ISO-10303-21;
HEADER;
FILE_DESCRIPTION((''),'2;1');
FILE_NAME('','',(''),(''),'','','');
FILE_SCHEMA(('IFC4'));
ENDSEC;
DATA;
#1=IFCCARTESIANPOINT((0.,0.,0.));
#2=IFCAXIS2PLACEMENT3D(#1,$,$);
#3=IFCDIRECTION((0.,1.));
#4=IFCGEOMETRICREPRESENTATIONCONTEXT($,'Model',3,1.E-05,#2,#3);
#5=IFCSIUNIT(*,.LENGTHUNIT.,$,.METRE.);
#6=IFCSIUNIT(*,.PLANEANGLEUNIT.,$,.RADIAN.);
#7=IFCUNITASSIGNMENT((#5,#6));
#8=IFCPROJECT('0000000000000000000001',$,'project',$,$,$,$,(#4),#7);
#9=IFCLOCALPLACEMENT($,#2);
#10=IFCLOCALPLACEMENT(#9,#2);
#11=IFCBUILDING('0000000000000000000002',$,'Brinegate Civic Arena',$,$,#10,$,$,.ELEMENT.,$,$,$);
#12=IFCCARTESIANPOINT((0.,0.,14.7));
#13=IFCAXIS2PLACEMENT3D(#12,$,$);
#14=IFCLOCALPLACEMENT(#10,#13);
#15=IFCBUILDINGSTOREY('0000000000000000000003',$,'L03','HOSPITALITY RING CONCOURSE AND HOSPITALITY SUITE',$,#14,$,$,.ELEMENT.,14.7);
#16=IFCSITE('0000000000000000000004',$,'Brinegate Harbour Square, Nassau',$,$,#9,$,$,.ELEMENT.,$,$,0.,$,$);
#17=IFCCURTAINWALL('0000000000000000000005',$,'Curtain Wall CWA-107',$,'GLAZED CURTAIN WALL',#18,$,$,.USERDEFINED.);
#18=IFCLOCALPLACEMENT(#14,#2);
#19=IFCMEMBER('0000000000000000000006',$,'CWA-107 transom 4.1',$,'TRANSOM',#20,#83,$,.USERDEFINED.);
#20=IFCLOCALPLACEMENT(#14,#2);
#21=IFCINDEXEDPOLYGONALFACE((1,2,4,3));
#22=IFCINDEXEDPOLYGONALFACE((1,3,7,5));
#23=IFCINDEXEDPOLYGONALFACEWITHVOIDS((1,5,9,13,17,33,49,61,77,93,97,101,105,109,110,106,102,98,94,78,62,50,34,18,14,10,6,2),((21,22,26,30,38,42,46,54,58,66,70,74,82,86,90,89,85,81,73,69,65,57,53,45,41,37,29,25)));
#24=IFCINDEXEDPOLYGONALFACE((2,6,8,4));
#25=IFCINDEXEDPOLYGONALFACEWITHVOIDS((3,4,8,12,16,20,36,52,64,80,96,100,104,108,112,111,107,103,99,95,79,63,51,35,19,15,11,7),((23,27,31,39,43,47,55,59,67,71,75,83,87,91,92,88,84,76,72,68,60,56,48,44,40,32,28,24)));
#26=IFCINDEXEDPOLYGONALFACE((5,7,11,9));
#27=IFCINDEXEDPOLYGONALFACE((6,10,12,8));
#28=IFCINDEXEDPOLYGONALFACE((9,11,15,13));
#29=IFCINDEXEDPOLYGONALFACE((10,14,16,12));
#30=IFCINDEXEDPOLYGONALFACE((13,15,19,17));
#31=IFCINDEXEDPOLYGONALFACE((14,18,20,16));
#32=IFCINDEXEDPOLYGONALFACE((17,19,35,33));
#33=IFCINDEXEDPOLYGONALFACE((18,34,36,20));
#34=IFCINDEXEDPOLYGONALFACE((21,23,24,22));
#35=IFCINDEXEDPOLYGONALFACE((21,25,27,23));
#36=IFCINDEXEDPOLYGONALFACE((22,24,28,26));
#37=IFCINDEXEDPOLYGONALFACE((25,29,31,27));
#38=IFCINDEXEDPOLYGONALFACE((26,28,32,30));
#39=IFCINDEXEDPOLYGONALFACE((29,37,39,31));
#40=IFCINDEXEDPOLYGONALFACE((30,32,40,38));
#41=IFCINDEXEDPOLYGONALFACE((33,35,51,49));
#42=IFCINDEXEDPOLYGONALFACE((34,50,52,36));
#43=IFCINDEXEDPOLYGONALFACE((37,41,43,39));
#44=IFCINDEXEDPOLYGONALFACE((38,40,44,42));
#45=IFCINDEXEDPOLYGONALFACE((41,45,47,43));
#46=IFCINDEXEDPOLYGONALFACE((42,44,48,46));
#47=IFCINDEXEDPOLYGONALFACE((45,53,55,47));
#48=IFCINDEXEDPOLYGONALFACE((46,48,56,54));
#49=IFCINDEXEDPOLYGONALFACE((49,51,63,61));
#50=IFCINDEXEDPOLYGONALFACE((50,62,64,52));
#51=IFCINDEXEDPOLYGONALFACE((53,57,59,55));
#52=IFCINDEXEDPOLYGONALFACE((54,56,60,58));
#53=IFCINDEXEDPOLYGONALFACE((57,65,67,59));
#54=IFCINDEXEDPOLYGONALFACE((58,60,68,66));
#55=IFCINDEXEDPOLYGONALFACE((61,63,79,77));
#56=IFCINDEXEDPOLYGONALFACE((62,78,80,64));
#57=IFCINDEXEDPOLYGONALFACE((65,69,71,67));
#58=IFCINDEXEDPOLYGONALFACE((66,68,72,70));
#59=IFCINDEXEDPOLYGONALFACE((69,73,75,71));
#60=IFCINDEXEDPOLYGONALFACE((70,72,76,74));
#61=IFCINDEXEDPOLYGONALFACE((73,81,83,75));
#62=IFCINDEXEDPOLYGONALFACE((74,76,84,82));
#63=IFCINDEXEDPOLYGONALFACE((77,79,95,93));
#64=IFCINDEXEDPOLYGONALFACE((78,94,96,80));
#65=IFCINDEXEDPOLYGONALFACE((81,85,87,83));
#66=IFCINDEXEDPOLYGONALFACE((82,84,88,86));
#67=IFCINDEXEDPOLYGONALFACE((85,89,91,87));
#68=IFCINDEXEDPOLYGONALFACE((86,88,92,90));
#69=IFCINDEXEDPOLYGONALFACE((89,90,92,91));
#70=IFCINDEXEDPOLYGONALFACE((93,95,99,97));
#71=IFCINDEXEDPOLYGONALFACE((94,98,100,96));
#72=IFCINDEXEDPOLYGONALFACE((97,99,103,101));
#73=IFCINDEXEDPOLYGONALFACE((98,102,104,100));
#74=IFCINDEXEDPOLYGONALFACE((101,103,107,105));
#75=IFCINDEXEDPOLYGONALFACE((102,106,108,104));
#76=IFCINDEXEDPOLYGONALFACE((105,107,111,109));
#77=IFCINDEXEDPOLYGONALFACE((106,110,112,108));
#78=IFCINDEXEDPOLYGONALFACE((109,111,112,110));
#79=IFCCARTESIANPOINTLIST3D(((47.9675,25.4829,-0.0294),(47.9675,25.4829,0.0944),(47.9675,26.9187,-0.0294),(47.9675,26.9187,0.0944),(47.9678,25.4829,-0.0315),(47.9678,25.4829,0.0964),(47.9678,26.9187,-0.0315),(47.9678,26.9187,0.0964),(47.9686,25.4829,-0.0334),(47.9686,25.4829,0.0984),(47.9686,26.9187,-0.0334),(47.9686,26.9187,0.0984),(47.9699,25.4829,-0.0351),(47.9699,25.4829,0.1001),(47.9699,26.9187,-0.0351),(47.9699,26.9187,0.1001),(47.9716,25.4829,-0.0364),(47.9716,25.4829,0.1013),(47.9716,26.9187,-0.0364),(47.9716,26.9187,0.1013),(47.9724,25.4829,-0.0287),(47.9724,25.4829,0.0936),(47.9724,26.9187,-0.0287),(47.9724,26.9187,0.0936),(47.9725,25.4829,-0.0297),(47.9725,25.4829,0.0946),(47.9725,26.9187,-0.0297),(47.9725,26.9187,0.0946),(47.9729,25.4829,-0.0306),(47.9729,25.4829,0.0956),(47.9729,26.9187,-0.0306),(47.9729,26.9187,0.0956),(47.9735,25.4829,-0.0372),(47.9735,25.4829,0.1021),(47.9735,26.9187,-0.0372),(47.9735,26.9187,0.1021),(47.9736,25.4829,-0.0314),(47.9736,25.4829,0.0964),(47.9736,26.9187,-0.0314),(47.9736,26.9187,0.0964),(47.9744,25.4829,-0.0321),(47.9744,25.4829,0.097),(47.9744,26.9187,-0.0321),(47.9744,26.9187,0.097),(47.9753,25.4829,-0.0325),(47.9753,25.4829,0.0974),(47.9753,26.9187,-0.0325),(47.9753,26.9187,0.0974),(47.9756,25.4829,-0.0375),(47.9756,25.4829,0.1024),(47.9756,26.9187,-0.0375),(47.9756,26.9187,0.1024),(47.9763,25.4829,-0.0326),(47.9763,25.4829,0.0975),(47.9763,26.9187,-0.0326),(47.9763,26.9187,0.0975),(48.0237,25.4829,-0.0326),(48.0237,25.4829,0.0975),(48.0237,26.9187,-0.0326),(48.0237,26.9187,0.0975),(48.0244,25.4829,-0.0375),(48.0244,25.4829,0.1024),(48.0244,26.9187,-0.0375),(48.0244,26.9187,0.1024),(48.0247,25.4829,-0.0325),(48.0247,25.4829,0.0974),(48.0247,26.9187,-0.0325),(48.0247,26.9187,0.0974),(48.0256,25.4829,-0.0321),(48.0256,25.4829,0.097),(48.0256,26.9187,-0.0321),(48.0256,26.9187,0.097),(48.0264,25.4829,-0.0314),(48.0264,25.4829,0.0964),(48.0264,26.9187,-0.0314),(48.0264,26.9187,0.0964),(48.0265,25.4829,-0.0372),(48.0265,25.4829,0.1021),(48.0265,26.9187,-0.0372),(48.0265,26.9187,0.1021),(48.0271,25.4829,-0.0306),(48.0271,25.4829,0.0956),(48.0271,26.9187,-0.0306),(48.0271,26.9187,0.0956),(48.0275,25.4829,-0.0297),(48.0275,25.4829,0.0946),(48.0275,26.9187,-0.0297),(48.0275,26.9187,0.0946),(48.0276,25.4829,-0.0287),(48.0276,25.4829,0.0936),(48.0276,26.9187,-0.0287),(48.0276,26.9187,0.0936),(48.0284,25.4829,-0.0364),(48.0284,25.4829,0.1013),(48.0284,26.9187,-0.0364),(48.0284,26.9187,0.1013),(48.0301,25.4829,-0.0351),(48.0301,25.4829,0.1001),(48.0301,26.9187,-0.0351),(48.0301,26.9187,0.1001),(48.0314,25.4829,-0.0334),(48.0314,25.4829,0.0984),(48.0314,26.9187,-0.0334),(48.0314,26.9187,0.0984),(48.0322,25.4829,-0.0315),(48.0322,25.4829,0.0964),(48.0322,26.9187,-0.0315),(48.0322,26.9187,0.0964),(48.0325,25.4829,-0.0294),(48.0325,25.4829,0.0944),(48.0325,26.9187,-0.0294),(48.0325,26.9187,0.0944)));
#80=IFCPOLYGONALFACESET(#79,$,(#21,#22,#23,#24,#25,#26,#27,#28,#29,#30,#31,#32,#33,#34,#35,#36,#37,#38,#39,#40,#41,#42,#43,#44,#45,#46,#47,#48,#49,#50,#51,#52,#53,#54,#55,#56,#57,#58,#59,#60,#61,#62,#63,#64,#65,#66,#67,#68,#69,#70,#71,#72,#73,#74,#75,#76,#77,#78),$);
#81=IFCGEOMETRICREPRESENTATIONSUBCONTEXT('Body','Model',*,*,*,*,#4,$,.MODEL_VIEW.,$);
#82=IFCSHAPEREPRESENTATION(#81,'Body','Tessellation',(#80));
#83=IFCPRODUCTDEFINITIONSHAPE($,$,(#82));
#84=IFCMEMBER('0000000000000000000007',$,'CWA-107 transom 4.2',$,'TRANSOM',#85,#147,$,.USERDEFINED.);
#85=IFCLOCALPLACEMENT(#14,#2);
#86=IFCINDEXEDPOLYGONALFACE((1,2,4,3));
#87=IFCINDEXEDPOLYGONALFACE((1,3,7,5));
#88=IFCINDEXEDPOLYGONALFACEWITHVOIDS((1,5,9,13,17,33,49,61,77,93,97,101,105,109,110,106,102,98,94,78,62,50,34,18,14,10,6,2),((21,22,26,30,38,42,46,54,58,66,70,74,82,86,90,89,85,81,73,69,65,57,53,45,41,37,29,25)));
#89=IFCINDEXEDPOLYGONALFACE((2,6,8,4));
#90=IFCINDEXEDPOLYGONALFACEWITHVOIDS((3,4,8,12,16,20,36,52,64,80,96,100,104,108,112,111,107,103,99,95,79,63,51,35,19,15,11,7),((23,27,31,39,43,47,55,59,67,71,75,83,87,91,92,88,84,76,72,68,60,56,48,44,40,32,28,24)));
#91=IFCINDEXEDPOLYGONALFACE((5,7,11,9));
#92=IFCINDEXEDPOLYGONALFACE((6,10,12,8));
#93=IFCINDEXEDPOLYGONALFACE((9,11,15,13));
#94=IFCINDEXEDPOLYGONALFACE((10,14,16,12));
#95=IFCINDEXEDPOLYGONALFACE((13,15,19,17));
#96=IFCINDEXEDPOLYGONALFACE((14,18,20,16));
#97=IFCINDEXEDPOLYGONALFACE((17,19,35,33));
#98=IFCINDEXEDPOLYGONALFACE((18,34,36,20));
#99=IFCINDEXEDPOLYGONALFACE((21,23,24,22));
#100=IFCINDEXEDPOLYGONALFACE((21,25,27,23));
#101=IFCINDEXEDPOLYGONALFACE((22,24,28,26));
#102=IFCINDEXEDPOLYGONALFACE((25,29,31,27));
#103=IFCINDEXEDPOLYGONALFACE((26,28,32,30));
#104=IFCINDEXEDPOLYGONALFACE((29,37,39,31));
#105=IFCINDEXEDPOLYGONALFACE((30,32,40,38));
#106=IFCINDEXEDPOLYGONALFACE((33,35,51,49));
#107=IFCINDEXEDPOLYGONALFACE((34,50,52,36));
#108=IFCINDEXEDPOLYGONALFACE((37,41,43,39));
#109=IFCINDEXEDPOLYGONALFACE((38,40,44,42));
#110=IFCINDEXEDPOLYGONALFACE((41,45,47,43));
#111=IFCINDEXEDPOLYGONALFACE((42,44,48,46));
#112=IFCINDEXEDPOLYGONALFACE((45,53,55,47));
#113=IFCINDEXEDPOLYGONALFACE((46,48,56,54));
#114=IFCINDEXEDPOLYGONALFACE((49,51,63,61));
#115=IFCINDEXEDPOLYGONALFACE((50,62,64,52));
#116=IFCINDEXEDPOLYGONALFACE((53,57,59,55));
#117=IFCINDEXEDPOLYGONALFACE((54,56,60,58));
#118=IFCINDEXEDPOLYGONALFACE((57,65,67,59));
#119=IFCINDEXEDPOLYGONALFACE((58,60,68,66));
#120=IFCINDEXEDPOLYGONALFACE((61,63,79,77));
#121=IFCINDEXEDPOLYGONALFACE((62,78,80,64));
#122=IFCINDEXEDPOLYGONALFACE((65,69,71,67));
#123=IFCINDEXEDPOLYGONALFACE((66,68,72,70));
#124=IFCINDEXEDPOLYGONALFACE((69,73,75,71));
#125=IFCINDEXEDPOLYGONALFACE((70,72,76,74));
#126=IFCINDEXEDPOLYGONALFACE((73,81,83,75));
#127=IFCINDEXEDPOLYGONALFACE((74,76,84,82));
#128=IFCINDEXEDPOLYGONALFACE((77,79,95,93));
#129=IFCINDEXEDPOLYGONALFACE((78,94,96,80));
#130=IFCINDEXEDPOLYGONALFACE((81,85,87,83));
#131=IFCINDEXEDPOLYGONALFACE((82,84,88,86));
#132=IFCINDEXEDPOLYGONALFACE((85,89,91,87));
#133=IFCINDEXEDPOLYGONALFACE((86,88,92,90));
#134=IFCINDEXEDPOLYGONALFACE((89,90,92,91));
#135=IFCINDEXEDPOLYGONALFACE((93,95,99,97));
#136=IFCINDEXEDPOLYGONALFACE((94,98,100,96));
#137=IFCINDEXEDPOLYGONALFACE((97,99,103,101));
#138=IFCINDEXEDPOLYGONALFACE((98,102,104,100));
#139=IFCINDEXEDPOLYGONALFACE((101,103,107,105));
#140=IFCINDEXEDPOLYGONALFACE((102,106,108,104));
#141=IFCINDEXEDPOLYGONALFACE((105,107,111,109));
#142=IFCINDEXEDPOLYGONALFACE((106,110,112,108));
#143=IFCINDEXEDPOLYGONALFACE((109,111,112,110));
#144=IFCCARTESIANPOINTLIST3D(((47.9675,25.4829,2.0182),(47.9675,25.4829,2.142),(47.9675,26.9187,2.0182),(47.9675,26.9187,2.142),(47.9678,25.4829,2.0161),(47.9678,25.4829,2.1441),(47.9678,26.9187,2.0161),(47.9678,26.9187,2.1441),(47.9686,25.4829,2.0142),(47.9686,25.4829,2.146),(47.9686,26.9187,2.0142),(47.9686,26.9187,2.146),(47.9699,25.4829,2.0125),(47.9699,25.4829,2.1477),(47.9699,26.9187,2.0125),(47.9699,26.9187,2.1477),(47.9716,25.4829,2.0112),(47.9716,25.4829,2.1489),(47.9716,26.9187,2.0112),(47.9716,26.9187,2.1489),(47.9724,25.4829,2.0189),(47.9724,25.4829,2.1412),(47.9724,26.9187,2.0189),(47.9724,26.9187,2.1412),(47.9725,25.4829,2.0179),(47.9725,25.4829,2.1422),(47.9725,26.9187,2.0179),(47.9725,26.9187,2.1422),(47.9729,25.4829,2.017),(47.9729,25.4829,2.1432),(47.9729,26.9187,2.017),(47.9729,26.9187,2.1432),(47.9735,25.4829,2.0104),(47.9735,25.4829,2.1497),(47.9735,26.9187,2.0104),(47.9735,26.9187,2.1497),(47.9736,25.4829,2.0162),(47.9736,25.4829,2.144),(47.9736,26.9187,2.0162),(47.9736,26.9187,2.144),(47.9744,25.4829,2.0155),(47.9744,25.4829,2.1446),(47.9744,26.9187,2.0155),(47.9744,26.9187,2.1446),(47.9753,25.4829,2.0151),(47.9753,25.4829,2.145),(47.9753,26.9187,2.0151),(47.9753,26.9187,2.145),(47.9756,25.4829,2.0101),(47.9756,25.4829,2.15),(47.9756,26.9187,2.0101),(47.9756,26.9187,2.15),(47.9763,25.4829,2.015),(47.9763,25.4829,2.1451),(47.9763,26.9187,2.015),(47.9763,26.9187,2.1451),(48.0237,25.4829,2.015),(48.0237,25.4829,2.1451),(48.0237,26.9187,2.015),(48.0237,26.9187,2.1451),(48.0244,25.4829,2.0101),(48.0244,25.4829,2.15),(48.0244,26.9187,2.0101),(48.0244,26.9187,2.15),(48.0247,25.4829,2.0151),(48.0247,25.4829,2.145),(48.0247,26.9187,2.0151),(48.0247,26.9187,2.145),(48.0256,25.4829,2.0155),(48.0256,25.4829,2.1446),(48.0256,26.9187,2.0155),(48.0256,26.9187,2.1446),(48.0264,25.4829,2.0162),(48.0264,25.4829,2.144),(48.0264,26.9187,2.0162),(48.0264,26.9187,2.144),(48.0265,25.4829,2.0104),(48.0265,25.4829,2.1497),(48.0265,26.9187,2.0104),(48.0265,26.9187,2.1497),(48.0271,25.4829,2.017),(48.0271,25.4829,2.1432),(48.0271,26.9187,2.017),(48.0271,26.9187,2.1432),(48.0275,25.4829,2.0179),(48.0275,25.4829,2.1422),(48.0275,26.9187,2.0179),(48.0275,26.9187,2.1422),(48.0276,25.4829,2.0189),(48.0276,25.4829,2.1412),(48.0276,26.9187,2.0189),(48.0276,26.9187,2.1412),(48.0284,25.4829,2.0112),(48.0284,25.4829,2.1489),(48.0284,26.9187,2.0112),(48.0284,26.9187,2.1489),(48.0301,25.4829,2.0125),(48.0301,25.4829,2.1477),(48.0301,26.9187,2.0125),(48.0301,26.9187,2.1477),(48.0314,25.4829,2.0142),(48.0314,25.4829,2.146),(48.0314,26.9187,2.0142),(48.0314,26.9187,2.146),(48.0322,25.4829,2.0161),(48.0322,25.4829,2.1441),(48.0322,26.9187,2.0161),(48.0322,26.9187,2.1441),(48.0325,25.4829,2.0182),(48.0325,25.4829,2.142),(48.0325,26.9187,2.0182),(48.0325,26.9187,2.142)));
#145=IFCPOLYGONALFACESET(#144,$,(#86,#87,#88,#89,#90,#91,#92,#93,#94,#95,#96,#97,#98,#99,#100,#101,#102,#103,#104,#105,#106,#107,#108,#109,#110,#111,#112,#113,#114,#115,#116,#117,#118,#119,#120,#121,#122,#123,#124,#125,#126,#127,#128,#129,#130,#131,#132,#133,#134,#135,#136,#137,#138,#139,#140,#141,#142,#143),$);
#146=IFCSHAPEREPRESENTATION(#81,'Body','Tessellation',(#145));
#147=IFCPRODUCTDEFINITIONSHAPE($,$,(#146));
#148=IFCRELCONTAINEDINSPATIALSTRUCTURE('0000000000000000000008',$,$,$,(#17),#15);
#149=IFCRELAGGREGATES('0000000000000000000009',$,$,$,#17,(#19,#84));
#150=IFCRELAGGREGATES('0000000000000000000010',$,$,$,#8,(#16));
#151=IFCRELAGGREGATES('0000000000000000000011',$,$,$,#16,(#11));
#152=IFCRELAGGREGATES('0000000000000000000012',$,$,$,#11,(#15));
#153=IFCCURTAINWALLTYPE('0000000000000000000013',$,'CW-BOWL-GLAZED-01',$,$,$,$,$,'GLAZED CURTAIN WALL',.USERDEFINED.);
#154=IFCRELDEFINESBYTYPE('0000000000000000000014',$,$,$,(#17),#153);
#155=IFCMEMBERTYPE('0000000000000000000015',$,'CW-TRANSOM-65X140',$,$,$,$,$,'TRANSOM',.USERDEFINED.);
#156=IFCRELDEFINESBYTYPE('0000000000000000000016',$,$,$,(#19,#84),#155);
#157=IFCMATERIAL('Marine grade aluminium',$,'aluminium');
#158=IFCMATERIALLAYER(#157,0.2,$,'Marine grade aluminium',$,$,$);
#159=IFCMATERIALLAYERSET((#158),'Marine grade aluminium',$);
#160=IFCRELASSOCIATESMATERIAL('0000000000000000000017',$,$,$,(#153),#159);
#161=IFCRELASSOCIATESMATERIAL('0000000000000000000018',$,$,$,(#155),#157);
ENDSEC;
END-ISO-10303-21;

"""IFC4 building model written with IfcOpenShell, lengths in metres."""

from ifc_helpers import new_model, si_unit, direction, frame, origin, origin_2d, place, context, subcontext, project, spatial, hollow_rectangle, extrude, material, layer, layer_set, material_profile, profile_set, type_object, element, aggregate, save


model = new_model("IFC4")

# Units and contexts
model_context = context("Model", 3, precision=1e-05, world=origin(), true_north=direction((0.0, 1.0)))
body_context = subcontext(model_context, "Body", "Model", "MODEL_VIEW")
ifc_project = project(units=[si_unit("LENGTHUNIT", "METRE"), si_unit("PLANEANGLEUNIT", "RADIAN")], contexts=[model_context])

# Site, building, storey
site_placement = place(None, origin())
site = spatial("IfcSite", under=ifc_project, at=site_placement, Name="Brinegate Harbour Square, Nassau", CompositionType="ELEMENT", RefElevation=0.0)
building_placement = place(site_placement, origin())
building = spatial("IfcBuilding", under=site, at=building_placement, Name="Brinegate Civic Arena", CompositionType="ELEMENT")
storey_placement = place(building_placement, frame((0.0, 0.0, 14.7)))
storey = spatial("IfcBuildingStorey", under=building, at=storey_placement, Name="L03", Description="HOSPITALITY RING CONCOURSE AND HOSPITALITY SUITE", CompositionType="ELEMENT", Elevation=14.7)

# Curtain wall, members
ifc_material_1 = material(Name="Marine grade aluminium", Category="aluminium")
ifc_layer_1 = layer(ifc_material_1, 0.2, Name="Marine grade aluminium")
ifc_layer_set_1 = layer_set([ifc_layer_1], Name="Marine grade aluminium")
curtain_wall_type = type_object("IfcCurtainWallType", Name="CW-BOWL-GLAZED-01", ElementType="GLAZED CURTAIN WALL", PredefinedType="USERDEFINED", material=ifc_layer_set_1)
curtain_wall_1_placement = place(storey_placement, origin())
curtain_wall_1 = element("IfcCurtainWall", 1, at=curtain_wall_1_placement, inside=storey, type_object=curtain_wall_type, Name="Curtain Wall CWA-107", ObjectType="GLAZED CURTAIN WALL", PredefinedType="USERDEFINED")
ifc_material_profile_1 = material_profile(ifc_material_1, hollow_rectangle(XDim=0.0649, YDim=0.1399, WallThickness=0.0049, InnerFilletRadius=0.0039, OuterFilletRadius=0.0081, at=origin_2d()), Name="TRN65X140")
ifc_profile_set_1 = profile_set([ifc_material_profile_1], Name="Marine grade aluminium")
member_type_1 = type_object("IfcMemberType", Name="CW-TRANSOM-65X140", ElementType="TRANSOM", PredefinedType="USERDEFINED", material=ifc_profile_set_1)
member_1_placement = place(storey_placement, frame((48.0, 25.4829, 0.0325), z_axis=(0.0, 1.0, 0.0), x_axis=(-1.0, 0.0, 0.0)))
member_1 = element("IfcMember", 2, at=member_1_placement, type_object=member_type_1, Name="CWA-107 transom 4.1", ObjectType="TRANSOM", PredefinedType="USERDEFINED", context=body_context, shape_type="SweptSolid", body=[
    extrude(hollow_rectangle(XDim=0.0649, YDim=0.1399, WallThickness=0.0049, InnerFilletRadius=0.0039, OuterFilletRadius=0.0081, at=origin_2d()), origin(), (0.0, 0.0, 1.0), 1.4358),
])
member_2_placement = place(storey_placement, frame((48.0, 25.4829, 2.0801), z_axis=(0.0, 1.0, 0.0), x_axis=(-1.0, 0.0, 0.0)))
member_2 = element("IfcMember", 3, at=member_2_placement, type_object=member_type_1, Name="CWA-107 transom 4.2", ObjectType="TRANSOM", PredefinedType="USERDEFINED", context=body_context, shape_type="SweptSolid", body=[
    extrude(hollow_rectangle(XDim=0.0649, YDim=0.1399, WallThickness=0.0049, InnerFilletRadius=0.0039, OuterFilletRadius=0.0081, at=origin_2d()), origin(), (0.0, 0.0, 1.0), 1.4358),
])

aggregate(curtain_wall_1, [member_1, member_2])

save(model, "model.ifc")
